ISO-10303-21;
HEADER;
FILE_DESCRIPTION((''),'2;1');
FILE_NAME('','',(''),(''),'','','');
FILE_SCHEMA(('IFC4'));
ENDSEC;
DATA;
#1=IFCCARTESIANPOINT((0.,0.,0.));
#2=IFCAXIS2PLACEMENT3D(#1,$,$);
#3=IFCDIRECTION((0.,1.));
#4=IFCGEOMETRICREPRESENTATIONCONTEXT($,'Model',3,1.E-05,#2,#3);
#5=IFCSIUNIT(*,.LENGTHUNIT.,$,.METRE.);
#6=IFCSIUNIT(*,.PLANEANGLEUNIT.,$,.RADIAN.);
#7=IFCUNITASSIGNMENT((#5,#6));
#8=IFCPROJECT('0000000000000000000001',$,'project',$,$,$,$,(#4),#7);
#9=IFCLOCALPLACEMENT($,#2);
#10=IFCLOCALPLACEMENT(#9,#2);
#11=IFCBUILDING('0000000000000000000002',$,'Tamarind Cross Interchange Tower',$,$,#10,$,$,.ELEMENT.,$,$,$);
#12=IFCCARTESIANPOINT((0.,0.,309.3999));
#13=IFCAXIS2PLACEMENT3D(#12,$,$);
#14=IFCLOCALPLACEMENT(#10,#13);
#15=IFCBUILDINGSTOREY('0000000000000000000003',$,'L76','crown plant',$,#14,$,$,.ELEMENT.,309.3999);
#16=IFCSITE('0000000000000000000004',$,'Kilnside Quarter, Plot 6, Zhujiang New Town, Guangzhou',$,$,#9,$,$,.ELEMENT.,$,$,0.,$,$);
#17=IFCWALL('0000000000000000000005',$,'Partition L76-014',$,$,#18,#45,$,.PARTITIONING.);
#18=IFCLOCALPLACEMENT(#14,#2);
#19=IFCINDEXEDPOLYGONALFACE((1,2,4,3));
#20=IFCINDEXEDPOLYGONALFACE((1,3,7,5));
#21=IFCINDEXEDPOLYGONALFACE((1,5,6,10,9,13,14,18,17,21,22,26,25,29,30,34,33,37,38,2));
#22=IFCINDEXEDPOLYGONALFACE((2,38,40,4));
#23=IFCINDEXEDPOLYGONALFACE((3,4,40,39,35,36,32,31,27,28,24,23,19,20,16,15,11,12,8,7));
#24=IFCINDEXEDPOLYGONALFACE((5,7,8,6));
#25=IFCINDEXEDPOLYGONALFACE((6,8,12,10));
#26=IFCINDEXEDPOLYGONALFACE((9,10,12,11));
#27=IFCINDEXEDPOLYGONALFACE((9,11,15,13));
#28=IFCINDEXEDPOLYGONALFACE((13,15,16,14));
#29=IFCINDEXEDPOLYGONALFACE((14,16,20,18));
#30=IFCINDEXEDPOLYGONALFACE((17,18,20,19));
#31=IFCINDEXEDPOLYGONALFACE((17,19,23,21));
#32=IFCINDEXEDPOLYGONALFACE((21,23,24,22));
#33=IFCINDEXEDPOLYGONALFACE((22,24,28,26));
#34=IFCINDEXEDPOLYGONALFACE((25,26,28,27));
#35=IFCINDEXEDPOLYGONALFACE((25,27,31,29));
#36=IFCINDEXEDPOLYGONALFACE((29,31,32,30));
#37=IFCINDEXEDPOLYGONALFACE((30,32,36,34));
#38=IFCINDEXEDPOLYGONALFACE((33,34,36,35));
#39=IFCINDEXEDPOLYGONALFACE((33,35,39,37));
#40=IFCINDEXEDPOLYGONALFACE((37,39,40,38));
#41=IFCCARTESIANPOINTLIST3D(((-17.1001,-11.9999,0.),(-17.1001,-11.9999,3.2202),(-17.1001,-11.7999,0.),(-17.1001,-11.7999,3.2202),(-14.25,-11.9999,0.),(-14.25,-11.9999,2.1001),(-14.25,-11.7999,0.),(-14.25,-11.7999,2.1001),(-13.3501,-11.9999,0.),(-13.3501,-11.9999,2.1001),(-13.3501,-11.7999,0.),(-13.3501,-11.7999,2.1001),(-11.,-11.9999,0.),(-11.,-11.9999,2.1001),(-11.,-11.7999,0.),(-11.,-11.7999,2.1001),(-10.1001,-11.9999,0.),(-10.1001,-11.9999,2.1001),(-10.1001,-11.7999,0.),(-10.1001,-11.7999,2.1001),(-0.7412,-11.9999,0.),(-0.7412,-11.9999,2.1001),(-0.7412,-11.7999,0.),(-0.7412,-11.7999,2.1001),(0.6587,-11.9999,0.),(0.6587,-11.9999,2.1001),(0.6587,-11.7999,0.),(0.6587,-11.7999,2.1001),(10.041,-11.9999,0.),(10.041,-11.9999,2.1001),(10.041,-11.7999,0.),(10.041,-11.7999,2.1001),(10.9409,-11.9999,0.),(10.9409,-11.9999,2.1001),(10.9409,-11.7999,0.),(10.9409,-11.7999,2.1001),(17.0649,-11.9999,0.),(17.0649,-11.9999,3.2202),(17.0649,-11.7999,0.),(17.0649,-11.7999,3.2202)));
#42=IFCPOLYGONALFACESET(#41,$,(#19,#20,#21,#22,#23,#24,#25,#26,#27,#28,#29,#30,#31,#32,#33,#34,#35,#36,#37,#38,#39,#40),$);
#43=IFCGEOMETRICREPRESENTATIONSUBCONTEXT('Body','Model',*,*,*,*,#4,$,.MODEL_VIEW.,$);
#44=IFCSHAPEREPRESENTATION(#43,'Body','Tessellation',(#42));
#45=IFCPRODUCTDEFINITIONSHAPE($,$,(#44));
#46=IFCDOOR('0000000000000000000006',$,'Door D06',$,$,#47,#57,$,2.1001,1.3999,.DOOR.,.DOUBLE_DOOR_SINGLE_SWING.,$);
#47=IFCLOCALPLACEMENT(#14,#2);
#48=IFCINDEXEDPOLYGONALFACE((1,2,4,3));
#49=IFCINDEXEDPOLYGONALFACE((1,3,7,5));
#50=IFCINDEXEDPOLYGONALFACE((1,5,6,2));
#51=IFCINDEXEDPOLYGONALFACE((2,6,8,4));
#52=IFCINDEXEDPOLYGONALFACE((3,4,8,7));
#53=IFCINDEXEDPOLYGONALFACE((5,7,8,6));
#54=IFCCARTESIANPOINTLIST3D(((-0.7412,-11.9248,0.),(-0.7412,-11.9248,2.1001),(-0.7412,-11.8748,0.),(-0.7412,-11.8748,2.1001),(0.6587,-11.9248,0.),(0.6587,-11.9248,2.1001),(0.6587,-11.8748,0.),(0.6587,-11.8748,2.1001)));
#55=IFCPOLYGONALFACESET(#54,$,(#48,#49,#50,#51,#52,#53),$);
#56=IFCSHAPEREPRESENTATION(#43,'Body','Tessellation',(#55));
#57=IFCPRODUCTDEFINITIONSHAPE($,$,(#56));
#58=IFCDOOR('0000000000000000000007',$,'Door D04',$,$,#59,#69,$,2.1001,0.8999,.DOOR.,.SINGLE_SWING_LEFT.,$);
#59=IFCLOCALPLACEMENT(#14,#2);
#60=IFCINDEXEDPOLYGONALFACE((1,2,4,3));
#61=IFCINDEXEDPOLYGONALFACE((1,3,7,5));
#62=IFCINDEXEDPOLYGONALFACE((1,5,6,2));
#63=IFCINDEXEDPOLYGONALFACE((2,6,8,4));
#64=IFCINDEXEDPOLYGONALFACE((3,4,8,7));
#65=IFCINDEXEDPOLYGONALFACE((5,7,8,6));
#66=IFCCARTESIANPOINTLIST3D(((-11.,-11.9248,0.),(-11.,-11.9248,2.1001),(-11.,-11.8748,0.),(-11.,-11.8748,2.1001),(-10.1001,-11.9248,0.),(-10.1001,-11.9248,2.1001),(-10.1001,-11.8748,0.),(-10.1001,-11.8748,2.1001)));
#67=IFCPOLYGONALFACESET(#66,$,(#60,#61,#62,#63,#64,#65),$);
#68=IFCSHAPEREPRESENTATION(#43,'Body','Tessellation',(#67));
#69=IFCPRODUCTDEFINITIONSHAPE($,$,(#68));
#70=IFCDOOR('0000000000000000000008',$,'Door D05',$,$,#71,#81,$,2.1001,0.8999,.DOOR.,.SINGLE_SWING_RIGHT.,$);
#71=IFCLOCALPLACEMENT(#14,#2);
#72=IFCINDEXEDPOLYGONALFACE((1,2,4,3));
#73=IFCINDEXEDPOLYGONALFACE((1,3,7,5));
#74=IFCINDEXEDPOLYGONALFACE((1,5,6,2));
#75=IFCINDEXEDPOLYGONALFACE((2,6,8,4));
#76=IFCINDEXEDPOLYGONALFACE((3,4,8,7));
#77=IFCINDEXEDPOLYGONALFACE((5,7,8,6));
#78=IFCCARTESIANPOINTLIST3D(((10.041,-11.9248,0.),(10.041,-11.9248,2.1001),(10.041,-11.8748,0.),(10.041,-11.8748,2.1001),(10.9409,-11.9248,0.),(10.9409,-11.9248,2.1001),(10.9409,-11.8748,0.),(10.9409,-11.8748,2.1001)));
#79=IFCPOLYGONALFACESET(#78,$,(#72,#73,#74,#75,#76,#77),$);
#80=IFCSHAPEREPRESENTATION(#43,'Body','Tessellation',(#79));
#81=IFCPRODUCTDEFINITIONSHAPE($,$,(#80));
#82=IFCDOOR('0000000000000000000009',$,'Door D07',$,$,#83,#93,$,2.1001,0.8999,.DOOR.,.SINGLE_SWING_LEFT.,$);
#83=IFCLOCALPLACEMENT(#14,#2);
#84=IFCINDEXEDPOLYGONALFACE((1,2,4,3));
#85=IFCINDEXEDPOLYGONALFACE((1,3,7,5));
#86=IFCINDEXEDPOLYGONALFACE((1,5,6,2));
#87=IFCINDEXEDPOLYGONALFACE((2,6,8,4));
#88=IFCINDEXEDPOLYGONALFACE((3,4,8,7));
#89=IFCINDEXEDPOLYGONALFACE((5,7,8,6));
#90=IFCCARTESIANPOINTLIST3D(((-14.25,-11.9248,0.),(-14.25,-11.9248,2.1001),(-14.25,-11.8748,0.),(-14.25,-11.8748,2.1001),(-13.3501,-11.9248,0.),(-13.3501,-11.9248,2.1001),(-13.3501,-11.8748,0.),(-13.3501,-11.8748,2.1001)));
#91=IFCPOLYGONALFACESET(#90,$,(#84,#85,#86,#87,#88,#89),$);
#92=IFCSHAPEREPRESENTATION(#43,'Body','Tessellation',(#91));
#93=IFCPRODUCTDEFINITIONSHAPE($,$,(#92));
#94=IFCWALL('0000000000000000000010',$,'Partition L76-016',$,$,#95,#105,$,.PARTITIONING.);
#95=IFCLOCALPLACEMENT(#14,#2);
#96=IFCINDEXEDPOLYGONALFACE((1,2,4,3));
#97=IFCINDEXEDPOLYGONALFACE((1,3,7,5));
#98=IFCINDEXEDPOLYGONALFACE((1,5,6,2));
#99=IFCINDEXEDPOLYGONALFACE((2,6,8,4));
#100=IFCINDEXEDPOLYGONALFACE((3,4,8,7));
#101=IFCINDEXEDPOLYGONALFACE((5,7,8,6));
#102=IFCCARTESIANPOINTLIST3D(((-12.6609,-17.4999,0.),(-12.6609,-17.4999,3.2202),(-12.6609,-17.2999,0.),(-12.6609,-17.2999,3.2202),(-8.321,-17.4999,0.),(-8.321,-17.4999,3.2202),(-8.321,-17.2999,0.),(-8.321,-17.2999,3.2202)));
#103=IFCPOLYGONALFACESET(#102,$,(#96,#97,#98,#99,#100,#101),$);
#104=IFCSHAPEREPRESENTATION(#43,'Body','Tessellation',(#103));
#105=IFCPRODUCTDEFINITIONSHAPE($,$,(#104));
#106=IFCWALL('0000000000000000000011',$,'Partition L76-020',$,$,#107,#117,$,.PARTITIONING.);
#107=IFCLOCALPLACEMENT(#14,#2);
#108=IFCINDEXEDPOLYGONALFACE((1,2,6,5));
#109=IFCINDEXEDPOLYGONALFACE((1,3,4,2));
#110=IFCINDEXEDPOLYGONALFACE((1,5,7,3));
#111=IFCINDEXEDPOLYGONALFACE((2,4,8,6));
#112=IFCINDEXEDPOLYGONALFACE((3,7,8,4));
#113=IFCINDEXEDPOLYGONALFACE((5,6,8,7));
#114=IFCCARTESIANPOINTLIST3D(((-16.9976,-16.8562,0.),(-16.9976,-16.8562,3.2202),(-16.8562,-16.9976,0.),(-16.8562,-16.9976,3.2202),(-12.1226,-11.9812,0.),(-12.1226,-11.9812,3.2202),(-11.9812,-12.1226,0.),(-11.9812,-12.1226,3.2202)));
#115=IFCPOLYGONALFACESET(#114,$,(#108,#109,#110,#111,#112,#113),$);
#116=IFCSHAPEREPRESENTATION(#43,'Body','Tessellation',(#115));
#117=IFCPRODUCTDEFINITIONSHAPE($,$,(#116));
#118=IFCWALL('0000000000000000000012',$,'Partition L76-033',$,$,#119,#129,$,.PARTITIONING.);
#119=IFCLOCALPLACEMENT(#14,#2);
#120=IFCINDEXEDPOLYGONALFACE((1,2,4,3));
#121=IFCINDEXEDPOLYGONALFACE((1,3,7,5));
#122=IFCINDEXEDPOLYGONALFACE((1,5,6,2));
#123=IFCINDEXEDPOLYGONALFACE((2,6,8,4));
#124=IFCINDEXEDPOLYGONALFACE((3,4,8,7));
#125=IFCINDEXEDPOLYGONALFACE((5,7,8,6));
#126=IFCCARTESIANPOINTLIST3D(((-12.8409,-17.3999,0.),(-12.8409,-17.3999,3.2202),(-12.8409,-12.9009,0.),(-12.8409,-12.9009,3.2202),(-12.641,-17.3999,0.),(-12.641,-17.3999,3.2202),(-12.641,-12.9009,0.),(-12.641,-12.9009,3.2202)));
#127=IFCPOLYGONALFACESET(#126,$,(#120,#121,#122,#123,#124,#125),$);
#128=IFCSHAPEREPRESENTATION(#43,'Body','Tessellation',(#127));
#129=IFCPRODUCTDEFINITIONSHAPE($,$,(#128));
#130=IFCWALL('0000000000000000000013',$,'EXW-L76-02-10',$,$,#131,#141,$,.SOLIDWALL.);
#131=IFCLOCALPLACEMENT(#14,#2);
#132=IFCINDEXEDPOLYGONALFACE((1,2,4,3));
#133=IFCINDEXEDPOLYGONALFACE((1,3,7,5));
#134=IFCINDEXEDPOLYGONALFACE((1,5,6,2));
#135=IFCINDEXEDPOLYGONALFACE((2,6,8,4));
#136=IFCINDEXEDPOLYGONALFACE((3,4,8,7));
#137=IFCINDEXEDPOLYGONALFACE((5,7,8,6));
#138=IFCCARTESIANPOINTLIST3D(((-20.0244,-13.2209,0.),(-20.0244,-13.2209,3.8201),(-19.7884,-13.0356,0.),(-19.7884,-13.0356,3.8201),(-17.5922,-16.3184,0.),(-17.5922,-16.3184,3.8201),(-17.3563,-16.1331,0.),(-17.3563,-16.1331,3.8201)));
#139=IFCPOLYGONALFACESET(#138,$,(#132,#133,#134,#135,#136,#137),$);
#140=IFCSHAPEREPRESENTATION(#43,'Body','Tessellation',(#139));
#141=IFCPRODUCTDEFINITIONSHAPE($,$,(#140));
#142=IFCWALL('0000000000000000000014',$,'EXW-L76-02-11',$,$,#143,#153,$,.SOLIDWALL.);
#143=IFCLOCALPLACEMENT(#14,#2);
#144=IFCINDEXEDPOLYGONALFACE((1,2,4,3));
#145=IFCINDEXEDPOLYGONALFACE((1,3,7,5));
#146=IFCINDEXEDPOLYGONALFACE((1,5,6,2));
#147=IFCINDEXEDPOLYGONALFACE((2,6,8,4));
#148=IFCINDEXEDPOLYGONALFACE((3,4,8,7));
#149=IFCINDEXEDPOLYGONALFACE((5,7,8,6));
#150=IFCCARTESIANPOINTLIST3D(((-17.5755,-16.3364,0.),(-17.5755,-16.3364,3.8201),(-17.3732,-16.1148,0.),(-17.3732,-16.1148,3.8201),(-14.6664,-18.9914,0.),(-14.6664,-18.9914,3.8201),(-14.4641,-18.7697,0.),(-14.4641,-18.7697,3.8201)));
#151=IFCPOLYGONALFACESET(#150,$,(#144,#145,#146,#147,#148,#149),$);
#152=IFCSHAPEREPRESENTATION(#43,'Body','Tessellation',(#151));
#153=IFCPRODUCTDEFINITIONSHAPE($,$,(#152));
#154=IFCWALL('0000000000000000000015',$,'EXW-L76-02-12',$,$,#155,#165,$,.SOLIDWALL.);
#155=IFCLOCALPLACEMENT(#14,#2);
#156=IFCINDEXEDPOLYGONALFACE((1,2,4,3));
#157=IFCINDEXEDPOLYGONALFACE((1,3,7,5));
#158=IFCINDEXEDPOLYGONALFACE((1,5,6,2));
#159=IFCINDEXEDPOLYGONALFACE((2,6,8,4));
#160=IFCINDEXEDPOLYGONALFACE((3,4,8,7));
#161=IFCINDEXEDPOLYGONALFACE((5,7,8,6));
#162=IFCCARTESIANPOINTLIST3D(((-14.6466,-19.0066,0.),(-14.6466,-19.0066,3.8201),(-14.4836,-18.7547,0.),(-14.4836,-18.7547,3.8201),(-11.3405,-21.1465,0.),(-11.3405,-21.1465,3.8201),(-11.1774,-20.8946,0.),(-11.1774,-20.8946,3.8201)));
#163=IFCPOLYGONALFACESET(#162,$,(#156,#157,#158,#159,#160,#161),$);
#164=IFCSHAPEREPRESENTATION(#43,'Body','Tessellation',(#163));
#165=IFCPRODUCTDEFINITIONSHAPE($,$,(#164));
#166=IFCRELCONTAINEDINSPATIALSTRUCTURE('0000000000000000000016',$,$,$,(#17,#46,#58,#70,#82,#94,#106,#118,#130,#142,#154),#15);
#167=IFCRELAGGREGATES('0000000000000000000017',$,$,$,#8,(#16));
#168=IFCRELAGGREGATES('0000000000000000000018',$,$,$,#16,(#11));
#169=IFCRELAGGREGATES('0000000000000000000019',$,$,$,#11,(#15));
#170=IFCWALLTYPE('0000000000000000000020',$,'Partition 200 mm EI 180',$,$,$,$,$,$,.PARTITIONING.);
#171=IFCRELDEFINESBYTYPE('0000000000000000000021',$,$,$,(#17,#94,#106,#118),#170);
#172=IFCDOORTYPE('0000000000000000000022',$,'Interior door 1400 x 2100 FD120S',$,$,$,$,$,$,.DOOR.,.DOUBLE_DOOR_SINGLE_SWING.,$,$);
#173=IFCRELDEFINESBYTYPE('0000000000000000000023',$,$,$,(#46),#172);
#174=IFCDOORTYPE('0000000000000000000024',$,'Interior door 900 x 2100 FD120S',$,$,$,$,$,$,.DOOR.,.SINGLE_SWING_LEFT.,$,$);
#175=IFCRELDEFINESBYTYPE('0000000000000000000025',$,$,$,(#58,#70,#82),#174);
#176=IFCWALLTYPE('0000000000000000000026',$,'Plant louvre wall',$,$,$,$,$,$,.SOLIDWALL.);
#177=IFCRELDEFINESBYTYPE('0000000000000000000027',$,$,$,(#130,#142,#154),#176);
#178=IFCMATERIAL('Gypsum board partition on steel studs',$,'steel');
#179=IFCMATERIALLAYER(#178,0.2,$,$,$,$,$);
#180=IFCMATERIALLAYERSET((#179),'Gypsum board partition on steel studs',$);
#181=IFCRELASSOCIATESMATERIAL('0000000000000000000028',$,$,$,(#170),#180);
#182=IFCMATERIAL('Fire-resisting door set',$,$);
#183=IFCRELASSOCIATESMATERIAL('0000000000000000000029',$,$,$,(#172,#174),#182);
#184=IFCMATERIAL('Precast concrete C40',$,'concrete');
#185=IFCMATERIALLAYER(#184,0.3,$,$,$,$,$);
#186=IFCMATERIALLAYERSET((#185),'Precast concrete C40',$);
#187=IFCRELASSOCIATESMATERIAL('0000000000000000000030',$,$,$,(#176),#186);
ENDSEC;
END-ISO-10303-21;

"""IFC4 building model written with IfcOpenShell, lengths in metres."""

from ifc_helpers import new_model, si_unit, direction, frame, frame_2d, origin, place, context, subcontext, project, spatial, rectangle, extrude, material, layer, layer_set, type_object, element, fill, save


model = new_model("IFC4")

# Units and contexts
model_context = context("Model", 3, precision=1e-05, world=origin(), true_north=direction((0.0, 1.0)))
body_context = subcontext(model_context, "Body", "Model", "MODEL_VIEW")
ifc_project = project(units=[si_unit("LENGTHUNIT", "METRE"), si_unit("PLANEANGLEUNIT", "RADIAN")], contexts=[model_context])

# Site, building, storey
site_placement = place(None, origin())
site = spatial("IfcSite", under=ifc_project, at=site_placement, Name="Kilnside Quarter, Plot 6, Zhujiang New Town, Guangzhou", CompositionType="ELEMENT", RefElevation=0.0)
building_placement = place(site_placement, origin())
building = spatial("IfcBuilding", under=site, at=building_placement, Name="Tamarind Cross Interchange Tower", CompositionType="ELEMENT")
storey_placement = place(building_placement, frame((0.0, 0.0, 309.3999)))
storey = spatial("IfcBuildingStorey", under=building, at=storey_placement, Name="L76", Description="crown plant", CompositionType="ELEMENT", Elevation=309.3999)

# Wall, openings, doors
ifc_material_1 = material(Name="Gypsum board partition on steel studs", Category="steel")
ifc_layer_1 = layer(ifc_material_1, 0.2)
ifc_layer_set_1 = layer_set([ifc_layer_1], Name="Gypsum board partition on steel studs")
wall_type_1 = type_object("IfcWallType", Name="Partition 200 mm EI 180", PredefinedType="PARTITIONING", material=ifc_layer_set_1)
wall_1_placement = place(storey_placement, frame((-17.1001, -11.8999, 0.0), z_axis=(0.0, 0.0, 1.0), x_axis=(1.0, 0.0, 0.0)))
wall_1 = element("IfcWall", 1, at=wall_1_placement, inside=storey, type_object=wall_type_1, Name="Partition L76-014", PredefinedType="PARTITIONING", context=body_context, shape_type="SweptSolid", body=[
    extrude(rectangle(XDim=34.165, YDim=0.2, at=frame_2d((17.0825, 0.0))), origin(), (0.0, 0.0, 1.0), 3.2202),
])
opening_1_placement = place(wall_1_placement, frame((6.1001, 0.0, 0.0)))
opening_1 = element("IfcOpeningElement", 2, at=opening_1_placement, cuts=wall_1, PredefinedType="OPENING", context=body_context, shape_type="SweptSolid", body=[
    extrude(rectangle(XDim=0.8999, YDim=2.1001, at=frame_2d((0.45, 1.05))), frame((0.0, 0.1099, 0.0), z_axis=(0.0, -1.0, 0.0), x_axis=(1.0, 0.0, 0.0)), (0.0, 0.0, 1.0), 0.22),
])
opening_2_placement = place(wall_1_placement, frame((27.1411, 0.0, 0.0)))
opening_2 = element("IfcOpeningElement", 3, at=opening_2_placement, cuts=wall_1, PredefinedType="OPENING", context=body_context, shape_type="SweptSolid", body=[
    extrude(rectangle(XDim=0.8999, YDim=2.1001, at=frame_2d((0.45, 1.05))), frame((0.0, 0.1099, 0.0), z_axis=(0.0, -1.0, 0.0), x_axis=(1.0, 0.0, 0.0)), (0.0, 0.0, 1.0), 0.22),
])
opening_3_placement = place(wall_1_placement, frame((16.3589, 0.0, 0.0)))
opening_3 = element("IfcOpeningElement", 4, at=opening_3_placement, cuts=wall_1, PredefinedType="OPENING", context=body_context, shape_type="SweptSolid", body=[
    extrude(rectangle(XDim=1.3999, YDim=2.1001, at=frame_2d((0.7, 1.05))), frame((0.0, 0.1099, 0.0), z_axis=(0.0, -1.0, 0.0), x_axis=(1.0, 0.0, 0.0)), (0.0, 0.0, 1.0), 0.22),
])
opening_4_placement = place(wall_1_placement, frame((2.8501, 0.0, 0.0)))
opening_4 = element("IfcOpeningElement", 5, at=opening_4_placement, cuts=wall_1, PredefinedType="OPENING", context=body_context, shape_type="SweptSolid", body=[
    extrude(rectangle(XDim=0.8999, YDim=2.1001, at=frame_2d((0.45, 1.05))), frame((0.0, 0.1099, 0.0), z_axis=(0.0, -1.0, 0.0), x_axis=(1.0, 0.0, 0.0)), (0.0, 0.0, 1.0), 0.22),
])
ifc_material_2 = material(Name="Fire-resisting door set")
door_type_1 = type_object("IfcDoorType", Name="Interior door 1400 x 2100 FD120S", OperationType="DOUBLE_DOOR_SINGLE_SWING", PredefinedType="DOOR", material=ifc_material_2)
door_1_placement = place(opening_3_placement, frame((1.3999, 0.0, 0.0), z_axis=(0.0, 0.0, 1.0), x_axis=(-1.0, 0.0, 0.0)))
door_1 = element("IfcDoor", 6, at=door_1_placement, inside=storey, type_object=door_type_1, Name="Door D06", OperationType="DOUBLE_DOOR_SINGLE_SWING", OverallHeight=2.1001, OverallWidth=1.3999, PredefinedType="DOOR", context=body_context, shape_type="SweptSolid", body=[
    extrude(rectangle(XDim=1.3999, YDim=2.1001, at=frame_2d((0.7, 1.05))), frame((0.0, 0.0249, 0.0), z_axis=(0.0, -1.0, 0.0), x_axis=(1.0, 0.0, 0.0)), (0.0, 0.0, 1.0), 0.05),
])
fill(opening_3, door_1)
door_type_2 = type_object("IfcDoorType", Name="Interior door 900 x 2100 FD120S", OperationType="SINGLE_SWING_LEFT", PredefinedType="DOOR", material=ifc_material_2)
door_2_placement = place(opening_1_placement, frame((0.8999, 0.0, 0.0), z_axis=(0.0, 0.0, 1.0), x_axis=(-1.0, 0.0, 0.0)))
door_2 = element("IfcDoor", 7, at=door_2_placement, inside=storey, type_object=door_type_2, Name="Door D04", OperationType="SINGLE_SWING_LEFT", OverallHeight=2.1001, OverallWidth=0.8999, PredefinedType="DOOR", context=body_context, shape_type="SweptSolid", body=[
    extrude(rectangle(XDim=0.8999, YDim=2.1001, at=frame_2d((0.45, 1.05))), frame((0.0, 0.0249, 0.0), z_axis=(0.0, -1.0, 0.0), x_axis=(1.0, 0.0, 0.0)), (0.0, 0.0, 1.0), 0.05),
])
fill(opening_1, door_2)
door_3_placement = place(opening_2_placement, frame((0.8999, 0.0, 0.0), z_axis=(0.0, 0.0, 1.0), x_axis=(-1.0, 0.0, 0.0)))
door_3 = element("IfcDoor", 8, at=door_3_placement, inside=storey, type_object=door_type_2, Name="Door D05", OperationType="SINGLE_SWING_RIGHT", OverallHeight=2.1001, OverallWidth=0.8999, PredefinedType="DOOR", context=body_context, shape_type="SweptSolid", body=[
    extrude(rectangle(XDim=0.8999, YDim=2.1001, at=frame_2d((0.45, 1.05))), frame((0.0, 0.0249, 0.0), z_axis=(0.0, -1.0, 0.0), x_axis=(1.0, 0.0, 0.0)), (0.0, 0.0, 1.0), 0.05),
])
fill(opening_2, door_3)
door_4_placement = place(opening_4_placement, frame((0.8999, 0.0, 0.0), z_axis=(0.0, 0.0, 1.0), x_axis=(-1.0, 0.0, 0.0)))
door_4 = element("IfcDoor", 9, at=door_4_placement, inside=storey, type_object=door_type_2, Name="Door D07", OperationType="SINGLE_SWING_LEFT", OverallHeight=2.1001, OverallWidth=0.8999, PredefinedType="DOOR", context=body_context, shape_type="SweptSolid", body=[
    extrude(rectangle(XDim=0.8999, YDim=2.1001, at=frame_2d((0.45, 1.05))), frame((0.0, 0.0249, 0.0), z_axis=(0.0, -1.0, 0.0), x_axis=(1.0, 0.0, 0.0)), (0.0, 0.0, 1.0), 0.05),
])
fill(opening_4, door_4)

# Walls
wall_2_placement = place(storey_placement, frame((-12.6609, -17.3999, 0.0), z_axis=(0.0, 0.0, 1.0), x_axis=(1.0, 0.0, 0.0)))
element("IfcWall", 10, at=wall_2_placement, inside=storey, type_object=wall_type_1, Name="Partition L76-016", PredefinedType="PARTITIONING", context=body_context, shape_type="SweptSolid", body=[
    extrude(rectangle(XDim=4.3398, YDim=0.2, at=frame_2d((2.1699, 0.0))), origin(), (0.0, 0.0, 1.0), 3.2202),
])
wall_3_placement = place(storey_placement, frame((-16.927, -16.927, 0.0), z_axis=(0.0, 0.0, 1.0), x_axis=(0.707107, 0.707107, 0.0)))
element("IfcWall", 11, at=wall_3_placement, inside=storey, type_object=wall_type_1, Name="Partition L76-020", PredefinedType="PARTITIONING", context=body_context, shape_type="SweptSolid", body=[
    extrude(rectangle(XDim=6.8943, YDim=0.2, at=frame_2d((3.4473, 0.0))), origin(), (0.0, 0.0, 1.0), 3.2202),
])
wall_4_placement = place(storey_placement, frame((-12.741, -17.3999, 0.0), z_axis=(0.0, 0.0, 1.0), x_axis=(0.0, 1.0, 0.0)))
element("IfcWall", 12, at=wall_4_placement, inside=storey, type_object=wall_type_1, Name="Partition L76-033", PredefinedType="PARTITIONING", context=body_context, shape_type="SweptSolid", body=[
    extrude(rectangle(XDim=4.499, YDim=0.2, at=frame_2d((2.2495, 0.0))), origin(), (0.0, 0.0, 1.0), 3.2202),
])
ifc_material_3 = material(Name="Precast concrete C40", Category="concrete")
ifc_layer_2 = layer(ifc_material_3, 0.3)
ifc_layer_set_2 = layer_set([ifc_layer_2], Name="Precast concrete C40")
wall_type_2 = type_object("IfcWallType", Name="Plant louvre wall", PredefinedType="SOLIDWALL", material=ifc_layer_set_2)
wall_5_placement = place(storey_placement, frame((-19.9065, -13.1282, 0.0), z_axis=(0.0, 0.0, 1.0), x_axis=(0.617578, -0.78651, 0.0)))
element("IfcWall", 13, at=wall_5_placement, inside=storey, type_object=wall_type_2, Name="EXW-L76-02-10", PredefinedType="SOLIDWALL", context=body_context, shape_type="SweptSolid", body=[
    extrude(rectangle(XDim=3.9382, YDim=0.3, at=frame_2d((1.9692, 0.0))), origin(), (0.0, 0.0, 1.0), 3.8201),
])
wall_6_placement = place(storey_placement, frame((-17.4744, -16.2256, 0.0), z_axis=(0.0, 0.0, 1.0), x_axis=(0.738634, -0.674106, 0.0)))
element("IfcWall", 14, at=wall_6_placement, inside=storey, type_object=wall_type_2, Name="EXW-L76-02-11", PredefinedType="SOLIDWALL", context=body_context, shape_type="SweptSolid", body=[
    extrude(rectangle(XDim=3.9385, YDim=0.3, at=frame_2d((1.9692, 0.0))), origin(), (0.0, 0.0, 1.0), 3.8201),
])
wall_7_placement = place(storey_placement, frame((-14.5652, -18.8806, 0.0), z_axis=(0.0, 0.0, 1.0), x_axis=(0.839499, -0.543362, 0.0)))
element("IfcWall", 15, at=wall_7_placement, inside=storey, type_object=wall_type_2, Name="EXW-L76-02-12", PredefinedType="SOLIDWALL", context=body_context, shape_type="SweptSolid", body=[
    extrude(rectangle(XDim=3.9382, YDim=0.3, at=frame_2d((1.9692, 0.0))), origin(), (0.0, 0.0, 1.0), 3.8201),
])

save(model, "model.ifc")
